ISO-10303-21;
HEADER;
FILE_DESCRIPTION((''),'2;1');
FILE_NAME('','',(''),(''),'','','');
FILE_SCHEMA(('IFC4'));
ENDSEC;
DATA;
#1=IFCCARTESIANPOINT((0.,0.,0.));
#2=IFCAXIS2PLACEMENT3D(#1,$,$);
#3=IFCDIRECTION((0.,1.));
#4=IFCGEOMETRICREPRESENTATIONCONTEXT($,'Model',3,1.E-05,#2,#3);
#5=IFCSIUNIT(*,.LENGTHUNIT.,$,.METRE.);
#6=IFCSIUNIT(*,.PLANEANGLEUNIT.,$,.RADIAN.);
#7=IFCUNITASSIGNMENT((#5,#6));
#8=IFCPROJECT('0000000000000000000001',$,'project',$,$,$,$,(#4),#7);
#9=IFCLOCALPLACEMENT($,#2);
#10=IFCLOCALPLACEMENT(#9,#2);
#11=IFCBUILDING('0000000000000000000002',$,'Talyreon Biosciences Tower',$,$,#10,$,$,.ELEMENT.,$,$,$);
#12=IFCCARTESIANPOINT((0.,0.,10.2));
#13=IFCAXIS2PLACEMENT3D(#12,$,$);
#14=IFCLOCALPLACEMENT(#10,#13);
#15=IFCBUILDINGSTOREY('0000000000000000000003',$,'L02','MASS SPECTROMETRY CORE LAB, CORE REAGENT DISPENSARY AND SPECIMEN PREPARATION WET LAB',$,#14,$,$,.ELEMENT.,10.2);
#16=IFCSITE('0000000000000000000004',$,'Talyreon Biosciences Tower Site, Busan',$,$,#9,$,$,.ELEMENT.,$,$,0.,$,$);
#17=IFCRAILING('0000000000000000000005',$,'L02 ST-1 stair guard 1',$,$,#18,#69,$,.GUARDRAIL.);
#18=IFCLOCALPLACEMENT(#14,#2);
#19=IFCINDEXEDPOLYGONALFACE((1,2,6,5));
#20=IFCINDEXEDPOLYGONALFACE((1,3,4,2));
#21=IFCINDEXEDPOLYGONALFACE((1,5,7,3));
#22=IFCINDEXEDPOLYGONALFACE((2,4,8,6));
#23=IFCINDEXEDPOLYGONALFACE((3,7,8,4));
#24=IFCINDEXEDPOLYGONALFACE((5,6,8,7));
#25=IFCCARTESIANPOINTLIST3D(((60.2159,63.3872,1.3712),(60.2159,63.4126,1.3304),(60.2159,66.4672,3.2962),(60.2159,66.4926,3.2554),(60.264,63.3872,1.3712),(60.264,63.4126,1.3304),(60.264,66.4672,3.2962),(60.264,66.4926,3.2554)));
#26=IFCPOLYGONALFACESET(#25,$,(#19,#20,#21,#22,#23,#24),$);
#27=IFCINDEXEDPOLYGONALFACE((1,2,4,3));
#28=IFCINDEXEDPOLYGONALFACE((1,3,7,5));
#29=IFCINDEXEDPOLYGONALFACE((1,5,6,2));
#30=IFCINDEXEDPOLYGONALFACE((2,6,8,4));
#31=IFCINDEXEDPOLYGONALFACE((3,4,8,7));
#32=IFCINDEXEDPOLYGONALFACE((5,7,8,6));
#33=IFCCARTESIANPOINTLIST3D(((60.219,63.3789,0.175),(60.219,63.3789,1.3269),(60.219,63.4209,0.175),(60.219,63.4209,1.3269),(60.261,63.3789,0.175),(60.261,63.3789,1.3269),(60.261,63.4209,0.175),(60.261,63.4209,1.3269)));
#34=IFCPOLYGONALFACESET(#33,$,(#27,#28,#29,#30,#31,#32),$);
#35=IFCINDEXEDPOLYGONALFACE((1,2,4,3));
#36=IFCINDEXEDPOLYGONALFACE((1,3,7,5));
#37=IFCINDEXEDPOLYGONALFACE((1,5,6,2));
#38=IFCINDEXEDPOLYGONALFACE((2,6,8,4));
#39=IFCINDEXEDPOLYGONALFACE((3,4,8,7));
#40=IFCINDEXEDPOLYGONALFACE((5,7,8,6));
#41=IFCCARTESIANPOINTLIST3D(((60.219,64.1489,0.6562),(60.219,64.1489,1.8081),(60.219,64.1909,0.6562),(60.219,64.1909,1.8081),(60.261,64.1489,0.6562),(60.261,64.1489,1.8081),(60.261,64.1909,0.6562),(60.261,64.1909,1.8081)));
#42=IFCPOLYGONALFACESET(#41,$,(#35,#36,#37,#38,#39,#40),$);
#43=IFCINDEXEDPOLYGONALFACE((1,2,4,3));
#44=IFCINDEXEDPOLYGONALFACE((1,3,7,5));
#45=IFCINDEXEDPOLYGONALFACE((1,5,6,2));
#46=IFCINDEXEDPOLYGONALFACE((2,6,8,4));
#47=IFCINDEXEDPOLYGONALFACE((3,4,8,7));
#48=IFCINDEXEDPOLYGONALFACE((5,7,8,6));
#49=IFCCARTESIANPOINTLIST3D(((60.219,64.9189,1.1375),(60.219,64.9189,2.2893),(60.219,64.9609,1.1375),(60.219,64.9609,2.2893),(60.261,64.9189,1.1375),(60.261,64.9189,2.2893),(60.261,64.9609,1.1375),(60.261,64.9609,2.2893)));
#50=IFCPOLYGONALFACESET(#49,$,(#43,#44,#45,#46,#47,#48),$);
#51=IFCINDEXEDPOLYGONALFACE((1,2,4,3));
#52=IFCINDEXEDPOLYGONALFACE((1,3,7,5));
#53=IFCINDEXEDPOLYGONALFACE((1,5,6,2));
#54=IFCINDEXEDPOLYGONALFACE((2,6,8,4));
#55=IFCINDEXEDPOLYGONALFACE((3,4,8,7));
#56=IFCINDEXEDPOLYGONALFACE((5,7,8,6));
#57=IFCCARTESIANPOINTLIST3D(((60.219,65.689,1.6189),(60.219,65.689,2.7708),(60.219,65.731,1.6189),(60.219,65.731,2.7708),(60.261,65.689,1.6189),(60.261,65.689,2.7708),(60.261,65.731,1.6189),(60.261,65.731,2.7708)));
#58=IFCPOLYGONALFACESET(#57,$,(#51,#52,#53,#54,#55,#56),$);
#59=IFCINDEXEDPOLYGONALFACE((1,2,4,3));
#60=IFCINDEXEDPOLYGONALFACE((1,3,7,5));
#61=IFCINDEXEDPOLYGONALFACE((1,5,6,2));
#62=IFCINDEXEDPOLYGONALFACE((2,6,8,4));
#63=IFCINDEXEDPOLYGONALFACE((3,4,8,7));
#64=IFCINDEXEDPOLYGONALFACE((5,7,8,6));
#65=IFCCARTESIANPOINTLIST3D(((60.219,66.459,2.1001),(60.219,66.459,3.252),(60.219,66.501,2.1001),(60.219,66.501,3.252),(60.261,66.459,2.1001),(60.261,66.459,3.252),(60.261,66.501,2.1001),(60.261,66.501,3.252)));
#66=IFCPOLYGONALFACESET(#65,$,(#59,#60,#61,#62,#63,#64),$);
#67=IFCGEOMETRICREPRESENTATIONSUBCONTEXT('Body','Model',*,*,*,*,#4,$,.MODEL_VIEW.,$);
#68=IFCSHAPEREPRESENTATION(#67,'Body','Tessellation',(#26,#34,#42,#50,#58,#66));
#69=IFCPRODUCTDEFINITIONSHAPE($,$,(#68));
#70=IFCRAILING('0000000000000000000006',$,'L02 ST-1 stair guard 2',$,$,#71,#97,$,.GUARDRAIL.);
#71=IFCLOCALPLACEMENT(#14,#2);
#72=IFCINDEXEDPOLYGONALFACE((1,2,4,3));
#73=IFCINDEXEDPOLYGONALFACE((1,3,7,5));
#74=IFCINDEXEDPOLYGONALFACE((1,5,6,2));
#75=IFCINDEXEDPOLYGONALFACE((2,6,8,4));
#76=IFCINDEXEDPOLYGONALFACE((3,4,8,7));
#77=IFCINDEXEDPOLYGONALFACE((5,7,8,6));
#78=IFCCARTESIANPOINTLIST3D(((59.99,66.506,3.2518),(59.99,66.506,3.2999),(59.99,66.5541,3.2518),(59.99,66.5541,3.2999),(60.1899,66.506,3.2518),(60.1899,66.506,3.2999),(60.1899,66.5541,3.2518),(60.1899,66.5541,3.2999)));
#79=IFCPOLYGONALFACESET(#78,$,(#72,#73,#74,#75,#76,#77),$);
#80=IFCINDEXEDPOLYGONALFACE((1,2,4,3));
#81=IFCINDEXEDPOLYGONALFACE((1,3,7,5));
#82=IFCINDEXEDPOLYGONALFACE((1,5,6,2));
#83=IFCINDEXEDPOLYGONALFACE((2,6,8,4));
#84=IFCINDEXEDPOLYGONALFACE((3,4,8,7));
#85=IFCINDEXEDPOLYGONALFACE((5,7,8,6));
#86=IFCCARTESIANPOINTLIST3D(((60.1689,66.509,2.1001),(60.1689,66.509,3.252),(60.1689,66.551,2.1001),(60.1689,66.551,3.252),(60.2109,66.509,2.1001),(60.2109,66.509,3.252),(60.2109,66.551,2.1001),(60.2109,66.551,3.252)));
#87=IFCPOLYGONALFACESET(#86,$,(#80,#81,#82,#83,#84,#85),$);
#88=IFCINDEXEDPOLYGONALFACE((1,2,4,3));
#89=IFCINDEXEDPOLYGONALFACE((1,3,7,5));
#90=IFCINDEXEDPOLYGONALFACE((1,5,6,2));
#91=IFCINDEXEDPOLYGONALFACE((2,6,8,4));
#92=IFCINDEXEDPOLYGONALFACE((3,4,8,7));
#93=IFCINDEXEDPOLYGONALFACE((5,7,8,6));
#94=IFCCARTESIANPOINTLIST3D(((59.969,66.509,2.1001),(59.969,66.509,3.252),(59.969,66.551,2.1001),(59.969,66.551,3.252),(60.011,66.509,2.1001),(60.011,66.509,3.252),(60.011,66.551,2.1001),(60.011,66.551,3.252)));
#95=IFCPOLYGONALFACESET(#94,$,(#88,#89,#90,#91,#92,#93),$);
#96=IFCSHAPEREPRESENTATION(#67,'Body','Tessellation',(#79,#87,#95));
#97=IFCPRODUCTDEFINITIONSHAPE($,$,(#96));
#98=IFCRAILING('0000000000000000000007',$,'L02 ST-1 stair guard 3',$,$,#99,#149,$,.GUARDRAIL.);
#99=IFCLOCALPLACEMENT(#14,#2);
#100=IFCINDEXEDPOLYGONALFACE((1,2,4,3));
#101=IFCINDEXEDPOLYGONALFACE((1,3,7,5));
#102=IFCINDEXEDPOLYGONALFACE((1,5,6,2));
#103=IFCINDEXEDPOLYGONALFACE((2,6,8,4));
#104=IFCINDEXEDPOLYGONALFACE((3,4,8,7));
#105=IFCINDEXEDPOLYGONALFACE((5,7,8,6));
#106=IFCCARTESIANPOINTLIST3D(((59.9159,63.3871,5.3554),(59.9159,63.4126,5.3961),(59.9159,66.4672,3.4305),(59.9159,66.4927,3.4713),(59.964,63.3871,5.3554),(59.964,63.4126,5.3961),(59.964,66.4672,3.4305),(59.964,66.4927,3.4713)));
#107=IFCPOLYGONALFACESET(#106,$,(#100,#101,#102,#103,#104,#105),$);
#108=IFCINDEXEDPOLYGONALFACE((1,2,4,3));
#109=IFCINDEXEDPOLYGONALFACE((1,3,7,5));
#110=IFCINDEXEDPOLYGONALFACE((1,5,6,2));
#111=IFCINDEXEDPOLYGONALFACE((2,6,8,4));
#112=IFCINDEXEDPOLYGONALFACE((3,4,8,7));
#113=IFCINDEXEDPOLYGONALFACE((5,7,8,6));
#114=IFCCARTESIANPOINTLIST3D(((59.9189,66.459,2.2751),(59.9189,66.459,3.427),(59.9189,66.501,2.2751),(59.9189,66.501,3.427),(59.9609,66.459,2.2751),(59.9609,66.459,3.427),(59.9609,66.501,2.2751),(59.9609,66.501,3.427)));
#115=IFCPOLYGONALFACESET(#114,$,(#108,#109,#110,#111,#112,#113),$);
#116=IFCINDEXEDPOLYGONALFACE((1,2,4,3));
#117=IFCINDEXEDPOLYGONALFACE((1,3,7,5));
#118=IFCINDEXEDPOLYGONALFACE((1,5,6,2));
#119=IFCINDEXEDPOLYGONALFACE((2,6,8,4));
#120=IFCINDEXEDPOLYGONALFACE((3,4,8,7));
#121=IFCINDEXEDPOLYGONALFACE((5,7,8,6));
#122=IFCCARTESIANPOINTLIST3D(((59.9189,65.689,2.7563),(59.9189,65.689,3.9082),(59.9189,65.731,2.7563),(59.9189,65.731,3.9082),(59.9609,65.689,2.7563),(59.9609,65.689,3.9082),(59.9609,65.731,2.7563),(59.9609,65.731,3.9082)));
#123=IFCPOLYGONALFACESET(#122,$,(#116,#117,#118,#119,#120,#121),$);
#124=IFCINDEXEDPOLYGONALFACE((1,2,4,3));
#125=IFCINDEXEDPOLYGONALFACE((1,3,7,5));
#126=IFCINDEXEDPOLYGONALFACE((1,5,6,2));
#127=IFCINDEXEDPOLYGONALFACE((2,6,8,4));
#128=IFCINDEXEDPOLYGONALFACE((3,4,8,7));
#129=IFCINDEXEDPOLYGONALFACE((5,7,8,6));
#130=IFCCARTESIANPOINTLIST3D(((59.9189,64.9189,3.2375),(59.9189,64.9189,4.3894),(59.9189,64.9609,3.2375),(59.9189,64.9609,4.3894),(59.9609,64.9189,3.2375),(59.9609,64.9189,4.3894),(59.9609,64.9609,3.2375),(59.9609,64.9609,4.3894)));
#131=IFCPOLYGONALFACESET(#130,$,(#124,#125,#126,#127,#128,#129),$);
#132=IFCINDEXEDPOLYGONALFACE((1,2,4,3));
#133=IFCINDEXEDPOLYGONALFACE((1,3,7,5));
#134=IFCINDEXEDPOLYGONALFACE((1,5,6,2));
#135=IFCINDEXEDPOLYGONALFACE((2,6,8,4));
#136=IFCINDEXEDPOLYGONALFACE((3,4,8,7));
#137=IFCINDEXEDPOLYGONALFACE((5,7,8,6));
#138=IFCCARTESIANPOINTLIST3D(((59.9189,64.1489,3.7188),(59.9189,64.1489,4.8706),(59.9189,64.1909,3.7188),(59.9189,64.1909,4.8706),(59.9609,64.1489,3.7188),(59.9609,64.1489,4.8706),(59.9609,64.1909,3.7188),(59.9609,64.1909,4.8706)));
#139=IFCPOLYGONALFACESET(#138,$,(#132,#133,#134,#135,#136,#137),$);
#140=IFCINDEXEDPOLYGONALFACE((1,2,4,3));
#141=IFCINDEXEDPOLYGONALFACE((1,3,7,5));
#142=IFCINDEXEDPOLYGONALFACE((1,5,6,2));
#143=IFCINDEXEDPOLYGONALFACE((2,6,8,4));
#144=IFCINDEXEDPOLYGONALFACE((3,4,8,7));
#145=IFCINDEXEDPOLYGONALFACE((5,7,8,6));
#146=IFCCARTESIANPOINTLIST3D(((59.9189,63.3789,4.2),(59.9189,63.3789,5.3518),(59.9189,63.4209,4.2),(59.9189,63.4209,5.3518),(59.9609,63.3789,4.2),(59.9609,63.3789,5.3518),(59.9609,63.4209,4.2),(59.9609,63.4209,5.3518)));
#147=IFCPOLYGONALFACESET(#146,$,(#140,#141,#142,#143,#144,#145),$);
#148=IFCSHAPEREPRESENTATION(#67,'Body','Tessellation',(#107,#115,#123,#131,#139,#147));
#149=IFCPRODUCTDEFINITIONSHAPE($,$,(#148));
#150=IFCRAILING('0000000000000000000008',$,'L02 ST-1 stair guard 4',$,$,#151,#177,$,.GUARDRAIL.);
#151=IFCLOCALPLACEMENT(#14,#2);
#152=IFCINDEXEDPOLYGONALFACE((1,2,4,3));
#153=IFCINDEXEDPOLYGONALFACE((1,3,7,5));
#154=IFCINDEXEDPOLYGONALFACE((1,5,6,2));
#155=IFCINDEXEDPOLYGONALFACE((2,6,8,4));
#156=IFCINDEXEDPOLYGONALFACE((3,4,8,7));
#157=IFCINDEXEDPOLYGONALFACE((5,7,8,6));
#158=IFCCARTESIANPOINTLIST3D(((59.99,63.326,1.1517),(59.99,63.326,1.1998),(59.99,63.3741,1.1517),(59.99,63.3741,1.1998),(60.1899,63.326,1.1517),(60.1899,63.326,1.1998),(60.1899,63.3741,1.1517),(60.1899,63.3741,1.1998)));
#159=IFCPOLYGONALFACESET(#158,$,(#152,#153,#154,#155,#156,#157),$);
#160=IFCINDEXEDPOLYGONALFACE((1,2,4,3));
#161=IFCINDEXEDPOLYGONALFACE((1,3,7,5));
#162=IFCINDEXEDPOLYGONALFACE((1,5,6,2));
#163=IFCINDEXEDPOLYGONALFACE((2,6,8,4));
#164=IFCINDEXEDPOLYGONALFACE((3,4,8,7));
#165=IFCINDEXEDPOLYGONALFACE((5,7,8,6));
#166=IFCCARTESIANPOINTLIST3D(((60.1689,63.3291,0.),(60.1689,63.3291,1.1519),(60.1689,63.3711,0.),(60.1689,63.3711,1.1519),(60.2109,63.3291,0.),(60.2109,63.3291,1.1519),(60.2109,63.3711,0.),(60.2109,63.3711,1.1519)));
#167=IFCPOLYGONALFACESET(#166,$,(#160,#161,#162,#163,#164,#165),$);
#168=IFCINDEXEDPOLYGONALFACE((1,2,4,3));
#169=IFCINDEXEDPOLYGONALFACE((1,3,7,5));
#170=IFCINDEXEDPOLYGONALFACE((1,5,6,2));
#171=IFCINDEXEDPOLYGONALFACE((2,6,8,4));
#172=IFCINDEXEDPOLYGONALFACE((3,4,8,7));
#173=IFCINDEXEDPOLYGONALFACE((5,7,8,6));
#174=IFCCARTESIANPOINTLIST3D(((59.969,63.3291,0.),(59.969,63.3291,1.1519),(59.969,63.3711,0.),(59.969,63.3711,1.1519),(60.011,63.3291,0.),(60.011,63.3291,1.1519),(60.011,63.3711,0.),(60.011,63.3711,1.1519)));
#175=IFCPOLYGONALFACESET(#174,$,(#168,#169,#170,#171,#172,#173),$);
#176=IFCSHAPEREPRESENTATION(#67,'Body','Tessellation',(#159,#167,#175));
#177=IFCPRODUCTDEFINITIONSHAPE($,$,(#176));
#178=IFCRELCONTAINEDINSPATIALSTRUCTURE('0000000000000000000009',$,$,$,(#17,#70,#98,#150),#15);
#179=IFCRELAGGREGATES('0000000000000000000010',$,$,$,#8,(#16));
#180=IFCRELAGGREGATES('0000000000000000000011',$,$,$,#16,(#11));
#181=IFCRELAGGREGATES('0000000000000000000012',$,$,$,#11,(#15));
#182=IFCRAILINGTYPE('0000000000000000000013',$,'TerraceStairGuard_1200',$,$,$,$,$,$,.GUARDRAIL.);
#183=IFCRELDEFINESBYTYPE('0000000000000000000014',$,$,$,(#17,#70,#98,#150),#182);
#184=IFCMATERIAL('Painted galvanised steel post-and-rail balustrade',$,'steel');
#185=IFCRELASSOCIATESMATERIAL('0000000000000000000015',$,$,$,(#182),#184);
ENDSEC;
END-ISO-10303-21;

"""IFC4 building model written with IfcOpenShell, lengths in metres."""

from ifc_helpers import new_model, si_unit, direction, frame, origin, origin_2d, place, context, subcontext, project, spatial, rectangle, extrude, material, type_object, element, save


model = new_model("IFC4")

# Units and contexts
model_context = context("Model", 3, precision=1e-05, world=origin(), true_north=direction((0.0, 1.0)))
body_context = subcontext(model_context, "Body", "Model", "MODEL_VIEW")
ifc_project = project(units=[si_unit("LENGTHUNIT", "METRE"), si_unit("PLANEANGLEUNIT", "RADIAN")], contexts=[model_context])

# Site, building, storey
site_placement = place(None, origin())
site = spatial("IfcSite", under=ifc_project, at=site_placement, Name="Talyreon Biosciences Tower Site, Busan", CompositionType="ELEMENT", RefElevation=0.0)
building_placement = place(site_placement, origin())
building = spatial("IfcBuilding", under=site, at=building_placement, Name="Talyreon Biosciences Tower", CompositionType="ELEMENT")
storey_placement = place(building_placement, frame((0.0, 0.0, 10.2)))
storey = spatial("IfcBuildingStorey", under=building, at=storey_placement, Name="L02", Description="MASS SPECTROMETRY CORE LAB, CORE REAGENT DISPENSARY AND SPECIMEN PREPARATION WET LAB", CompositionType="ELEMENT", Elevation=10.2)

# Railings
ifc_material_1 = material(Name="Painted galvanised steel post-and-rail balustrade", Category="steel")
railing_type_1 = type_object("IfcRailingType", Name="TerraceStairGuard_1200", PredefinedType="GUARDRAIL", material=ifc_material_1)
railing_1_placement = place(storey_placement, frame((60.24, 63.3999, 0.175)))
element("IfcRailing", 1, at=railing_1_placement, inside=storey, type_object=railing_type_1, Name="L02 ST-1 stair guard 1", PredefinedType="GUARDRAIL", context=body_context, shape_type="SweptSolid", body=[
    extrude(rectangle(XDim=0.0481, YDim=0.0481, at=origin_2d()), frame((0.0, 0.0, 1.1758), z_axis=(0.0, 0.847998, 0.529999), x_axis=(-1.0, 0.0, 0.0)), (0.0, 0.0, 1.0), 3.6321),
    extrude(rectangle(XDim=0.042, YDim=0.042, at=origin_2d()), origin(), (0.0, 0.0, 1.0), 1.1519),
    extrude(rectangle(XDim=0.042, YDim=0.042, at=origin_2d()), frame((0.0, 0.77, 0.4812)), (0.0, 0.0, 1.0), 1.1519),
    extrude(rectangle(XDim=0.042, YDim=0.042, at=origin_2d()), frame((0.0, 1.54, 0.9624)), (0.0, 0.0, 1.0), 1.1519),
    extrude(rectangle(XDim=0.042, YDim=0.042, at=origin_2d()), frame((0.0, 2.3101, 1.4438)), (0.0, 0.0, 1.0), 1.1519),
    extrude(rectangle(XDim=0.042, YDim=0.042, at=origin_2d()), frame((0.0, 3.0801, 1.925)), (0.0, 0.0, 1.0), 1.1519),
])
railing_2_placement = place(storey_placement, frame((60.1899, 66.53, 2.1001)))
element("IfcRailing", 2, at=railing_2_placement, inside=storey, type_object=railing_type_1, Name="L02 ST-1 stair guard 2", PredefinedType="GUARDRAIL", context=body_context, shape_type="SweptSolid", body=[
    extrude(rectangle(XDim=0.0481, YDim=0.0481, at=origin_2d()), frame((0.0, 0.0, 1.1758), z_axis=(-1.0, 0.0, 0.0), x_axis=(0.0, -1.0, 0.0)), (0.0, 0.0, 1.0), 0.2),
    extrude(rectangle(XDim=0.042, YDim=0.042, at=origin_2d()), origin(), (0.0, 0.0, 1.0), 1.1519),
    extrude(rectangle(XDim=0.042, YDim=0.042, at=origin_2d()), frame((-0.2, 0.0, 0.0)), (0.0, 0.0, 1.0), 1.1519),
])
railing_3_placement = place(storey_placement, frame((59.9399, 66.48, 2.2751)))
element("IfcRailing", 3, at=railing_3_placement, inside=storey, type_object=railing_type_1, Name="L02 ST-1 stair guard 3", PredefinedType="GUARDRAIL", context=body_context, shape_type="SweptSolid", body=[
    extrude(rectangle(XDim=0.0481, YDim=0.0481, at=origin_2d()), frame((0.0, 0.0, 1.1758), z_axis=(0.0, -0.848029, 0.529951), x_axis=(1.0, 0.0, 0.0)), (0.0, 0.0, 1.0), 3.6321),
    extrude(rectangle(XDim=0.042, YDim=0.042, at=origin_2d()), origin(), (0.0, 0.0, 1.0), 1.1519),
    extrude(rectangle(XDim=0.042, YDim=0.042, at=origin_2d()), frame((0.0, -0.77, 0.4812)), (0.0, 0.0, 1.0), 1.1519),
    extrude(rectangle(XDim=0.042, YDim=0.042, at=origin_2d()), frame((0.0, -1.54, 0.9624)), (0.0, 0.0, 1.0), 1.1519),
    extrude(rectangle(XDim=0.042, YDim=0.042, at=origin_2d()), frame((0.0, -2.3101, 1.4436)), (0.0, 0.0, 1.0), 1.1519),
    extrude(rectangle(XDim=0.042, YDim=0.042, at=origin_2d()), frame((0.0, -3.0801, 1.9248)), (0.0, 0.0, 1.0), 1.1519),
])
railing_4_placement = place(storey_placement, frame((60.1899, 63.3501, 0.0)))
element("IfcRailing", 4, at=railing_4_placement, inside=storey, type_object=railing_type_1, Name="L02 ST-1 stair guard 4", PredefinedType="GUARDRAIL", context=body_context, shape_type="SweptSolid", body=[
    extrude(rectangle(XDim=0.0481, YDim=0.0481, at=origin_2d()), frame((0.0, 0.0, 1.1758), z_axis=(-1.0, 0.0, 0.0), x_axis=(0.0, -1.0, 0.0)), (0.0, 0.0, 1.0), 0.2),
    extrude(rectangle(XDim=0.042, YDim=0.042, at=origin_2d()), origin(), (0.0, 0.0, 1.0), 1.1519),
    extrude(rectangle(XDim=0.042, YDim=0.042, at=origin_2d()), frame((-0.2, 0.0, 0.0)), (0.0, 0.0, 1.0), 1.1519),
])

save(model, "model.ifc")
